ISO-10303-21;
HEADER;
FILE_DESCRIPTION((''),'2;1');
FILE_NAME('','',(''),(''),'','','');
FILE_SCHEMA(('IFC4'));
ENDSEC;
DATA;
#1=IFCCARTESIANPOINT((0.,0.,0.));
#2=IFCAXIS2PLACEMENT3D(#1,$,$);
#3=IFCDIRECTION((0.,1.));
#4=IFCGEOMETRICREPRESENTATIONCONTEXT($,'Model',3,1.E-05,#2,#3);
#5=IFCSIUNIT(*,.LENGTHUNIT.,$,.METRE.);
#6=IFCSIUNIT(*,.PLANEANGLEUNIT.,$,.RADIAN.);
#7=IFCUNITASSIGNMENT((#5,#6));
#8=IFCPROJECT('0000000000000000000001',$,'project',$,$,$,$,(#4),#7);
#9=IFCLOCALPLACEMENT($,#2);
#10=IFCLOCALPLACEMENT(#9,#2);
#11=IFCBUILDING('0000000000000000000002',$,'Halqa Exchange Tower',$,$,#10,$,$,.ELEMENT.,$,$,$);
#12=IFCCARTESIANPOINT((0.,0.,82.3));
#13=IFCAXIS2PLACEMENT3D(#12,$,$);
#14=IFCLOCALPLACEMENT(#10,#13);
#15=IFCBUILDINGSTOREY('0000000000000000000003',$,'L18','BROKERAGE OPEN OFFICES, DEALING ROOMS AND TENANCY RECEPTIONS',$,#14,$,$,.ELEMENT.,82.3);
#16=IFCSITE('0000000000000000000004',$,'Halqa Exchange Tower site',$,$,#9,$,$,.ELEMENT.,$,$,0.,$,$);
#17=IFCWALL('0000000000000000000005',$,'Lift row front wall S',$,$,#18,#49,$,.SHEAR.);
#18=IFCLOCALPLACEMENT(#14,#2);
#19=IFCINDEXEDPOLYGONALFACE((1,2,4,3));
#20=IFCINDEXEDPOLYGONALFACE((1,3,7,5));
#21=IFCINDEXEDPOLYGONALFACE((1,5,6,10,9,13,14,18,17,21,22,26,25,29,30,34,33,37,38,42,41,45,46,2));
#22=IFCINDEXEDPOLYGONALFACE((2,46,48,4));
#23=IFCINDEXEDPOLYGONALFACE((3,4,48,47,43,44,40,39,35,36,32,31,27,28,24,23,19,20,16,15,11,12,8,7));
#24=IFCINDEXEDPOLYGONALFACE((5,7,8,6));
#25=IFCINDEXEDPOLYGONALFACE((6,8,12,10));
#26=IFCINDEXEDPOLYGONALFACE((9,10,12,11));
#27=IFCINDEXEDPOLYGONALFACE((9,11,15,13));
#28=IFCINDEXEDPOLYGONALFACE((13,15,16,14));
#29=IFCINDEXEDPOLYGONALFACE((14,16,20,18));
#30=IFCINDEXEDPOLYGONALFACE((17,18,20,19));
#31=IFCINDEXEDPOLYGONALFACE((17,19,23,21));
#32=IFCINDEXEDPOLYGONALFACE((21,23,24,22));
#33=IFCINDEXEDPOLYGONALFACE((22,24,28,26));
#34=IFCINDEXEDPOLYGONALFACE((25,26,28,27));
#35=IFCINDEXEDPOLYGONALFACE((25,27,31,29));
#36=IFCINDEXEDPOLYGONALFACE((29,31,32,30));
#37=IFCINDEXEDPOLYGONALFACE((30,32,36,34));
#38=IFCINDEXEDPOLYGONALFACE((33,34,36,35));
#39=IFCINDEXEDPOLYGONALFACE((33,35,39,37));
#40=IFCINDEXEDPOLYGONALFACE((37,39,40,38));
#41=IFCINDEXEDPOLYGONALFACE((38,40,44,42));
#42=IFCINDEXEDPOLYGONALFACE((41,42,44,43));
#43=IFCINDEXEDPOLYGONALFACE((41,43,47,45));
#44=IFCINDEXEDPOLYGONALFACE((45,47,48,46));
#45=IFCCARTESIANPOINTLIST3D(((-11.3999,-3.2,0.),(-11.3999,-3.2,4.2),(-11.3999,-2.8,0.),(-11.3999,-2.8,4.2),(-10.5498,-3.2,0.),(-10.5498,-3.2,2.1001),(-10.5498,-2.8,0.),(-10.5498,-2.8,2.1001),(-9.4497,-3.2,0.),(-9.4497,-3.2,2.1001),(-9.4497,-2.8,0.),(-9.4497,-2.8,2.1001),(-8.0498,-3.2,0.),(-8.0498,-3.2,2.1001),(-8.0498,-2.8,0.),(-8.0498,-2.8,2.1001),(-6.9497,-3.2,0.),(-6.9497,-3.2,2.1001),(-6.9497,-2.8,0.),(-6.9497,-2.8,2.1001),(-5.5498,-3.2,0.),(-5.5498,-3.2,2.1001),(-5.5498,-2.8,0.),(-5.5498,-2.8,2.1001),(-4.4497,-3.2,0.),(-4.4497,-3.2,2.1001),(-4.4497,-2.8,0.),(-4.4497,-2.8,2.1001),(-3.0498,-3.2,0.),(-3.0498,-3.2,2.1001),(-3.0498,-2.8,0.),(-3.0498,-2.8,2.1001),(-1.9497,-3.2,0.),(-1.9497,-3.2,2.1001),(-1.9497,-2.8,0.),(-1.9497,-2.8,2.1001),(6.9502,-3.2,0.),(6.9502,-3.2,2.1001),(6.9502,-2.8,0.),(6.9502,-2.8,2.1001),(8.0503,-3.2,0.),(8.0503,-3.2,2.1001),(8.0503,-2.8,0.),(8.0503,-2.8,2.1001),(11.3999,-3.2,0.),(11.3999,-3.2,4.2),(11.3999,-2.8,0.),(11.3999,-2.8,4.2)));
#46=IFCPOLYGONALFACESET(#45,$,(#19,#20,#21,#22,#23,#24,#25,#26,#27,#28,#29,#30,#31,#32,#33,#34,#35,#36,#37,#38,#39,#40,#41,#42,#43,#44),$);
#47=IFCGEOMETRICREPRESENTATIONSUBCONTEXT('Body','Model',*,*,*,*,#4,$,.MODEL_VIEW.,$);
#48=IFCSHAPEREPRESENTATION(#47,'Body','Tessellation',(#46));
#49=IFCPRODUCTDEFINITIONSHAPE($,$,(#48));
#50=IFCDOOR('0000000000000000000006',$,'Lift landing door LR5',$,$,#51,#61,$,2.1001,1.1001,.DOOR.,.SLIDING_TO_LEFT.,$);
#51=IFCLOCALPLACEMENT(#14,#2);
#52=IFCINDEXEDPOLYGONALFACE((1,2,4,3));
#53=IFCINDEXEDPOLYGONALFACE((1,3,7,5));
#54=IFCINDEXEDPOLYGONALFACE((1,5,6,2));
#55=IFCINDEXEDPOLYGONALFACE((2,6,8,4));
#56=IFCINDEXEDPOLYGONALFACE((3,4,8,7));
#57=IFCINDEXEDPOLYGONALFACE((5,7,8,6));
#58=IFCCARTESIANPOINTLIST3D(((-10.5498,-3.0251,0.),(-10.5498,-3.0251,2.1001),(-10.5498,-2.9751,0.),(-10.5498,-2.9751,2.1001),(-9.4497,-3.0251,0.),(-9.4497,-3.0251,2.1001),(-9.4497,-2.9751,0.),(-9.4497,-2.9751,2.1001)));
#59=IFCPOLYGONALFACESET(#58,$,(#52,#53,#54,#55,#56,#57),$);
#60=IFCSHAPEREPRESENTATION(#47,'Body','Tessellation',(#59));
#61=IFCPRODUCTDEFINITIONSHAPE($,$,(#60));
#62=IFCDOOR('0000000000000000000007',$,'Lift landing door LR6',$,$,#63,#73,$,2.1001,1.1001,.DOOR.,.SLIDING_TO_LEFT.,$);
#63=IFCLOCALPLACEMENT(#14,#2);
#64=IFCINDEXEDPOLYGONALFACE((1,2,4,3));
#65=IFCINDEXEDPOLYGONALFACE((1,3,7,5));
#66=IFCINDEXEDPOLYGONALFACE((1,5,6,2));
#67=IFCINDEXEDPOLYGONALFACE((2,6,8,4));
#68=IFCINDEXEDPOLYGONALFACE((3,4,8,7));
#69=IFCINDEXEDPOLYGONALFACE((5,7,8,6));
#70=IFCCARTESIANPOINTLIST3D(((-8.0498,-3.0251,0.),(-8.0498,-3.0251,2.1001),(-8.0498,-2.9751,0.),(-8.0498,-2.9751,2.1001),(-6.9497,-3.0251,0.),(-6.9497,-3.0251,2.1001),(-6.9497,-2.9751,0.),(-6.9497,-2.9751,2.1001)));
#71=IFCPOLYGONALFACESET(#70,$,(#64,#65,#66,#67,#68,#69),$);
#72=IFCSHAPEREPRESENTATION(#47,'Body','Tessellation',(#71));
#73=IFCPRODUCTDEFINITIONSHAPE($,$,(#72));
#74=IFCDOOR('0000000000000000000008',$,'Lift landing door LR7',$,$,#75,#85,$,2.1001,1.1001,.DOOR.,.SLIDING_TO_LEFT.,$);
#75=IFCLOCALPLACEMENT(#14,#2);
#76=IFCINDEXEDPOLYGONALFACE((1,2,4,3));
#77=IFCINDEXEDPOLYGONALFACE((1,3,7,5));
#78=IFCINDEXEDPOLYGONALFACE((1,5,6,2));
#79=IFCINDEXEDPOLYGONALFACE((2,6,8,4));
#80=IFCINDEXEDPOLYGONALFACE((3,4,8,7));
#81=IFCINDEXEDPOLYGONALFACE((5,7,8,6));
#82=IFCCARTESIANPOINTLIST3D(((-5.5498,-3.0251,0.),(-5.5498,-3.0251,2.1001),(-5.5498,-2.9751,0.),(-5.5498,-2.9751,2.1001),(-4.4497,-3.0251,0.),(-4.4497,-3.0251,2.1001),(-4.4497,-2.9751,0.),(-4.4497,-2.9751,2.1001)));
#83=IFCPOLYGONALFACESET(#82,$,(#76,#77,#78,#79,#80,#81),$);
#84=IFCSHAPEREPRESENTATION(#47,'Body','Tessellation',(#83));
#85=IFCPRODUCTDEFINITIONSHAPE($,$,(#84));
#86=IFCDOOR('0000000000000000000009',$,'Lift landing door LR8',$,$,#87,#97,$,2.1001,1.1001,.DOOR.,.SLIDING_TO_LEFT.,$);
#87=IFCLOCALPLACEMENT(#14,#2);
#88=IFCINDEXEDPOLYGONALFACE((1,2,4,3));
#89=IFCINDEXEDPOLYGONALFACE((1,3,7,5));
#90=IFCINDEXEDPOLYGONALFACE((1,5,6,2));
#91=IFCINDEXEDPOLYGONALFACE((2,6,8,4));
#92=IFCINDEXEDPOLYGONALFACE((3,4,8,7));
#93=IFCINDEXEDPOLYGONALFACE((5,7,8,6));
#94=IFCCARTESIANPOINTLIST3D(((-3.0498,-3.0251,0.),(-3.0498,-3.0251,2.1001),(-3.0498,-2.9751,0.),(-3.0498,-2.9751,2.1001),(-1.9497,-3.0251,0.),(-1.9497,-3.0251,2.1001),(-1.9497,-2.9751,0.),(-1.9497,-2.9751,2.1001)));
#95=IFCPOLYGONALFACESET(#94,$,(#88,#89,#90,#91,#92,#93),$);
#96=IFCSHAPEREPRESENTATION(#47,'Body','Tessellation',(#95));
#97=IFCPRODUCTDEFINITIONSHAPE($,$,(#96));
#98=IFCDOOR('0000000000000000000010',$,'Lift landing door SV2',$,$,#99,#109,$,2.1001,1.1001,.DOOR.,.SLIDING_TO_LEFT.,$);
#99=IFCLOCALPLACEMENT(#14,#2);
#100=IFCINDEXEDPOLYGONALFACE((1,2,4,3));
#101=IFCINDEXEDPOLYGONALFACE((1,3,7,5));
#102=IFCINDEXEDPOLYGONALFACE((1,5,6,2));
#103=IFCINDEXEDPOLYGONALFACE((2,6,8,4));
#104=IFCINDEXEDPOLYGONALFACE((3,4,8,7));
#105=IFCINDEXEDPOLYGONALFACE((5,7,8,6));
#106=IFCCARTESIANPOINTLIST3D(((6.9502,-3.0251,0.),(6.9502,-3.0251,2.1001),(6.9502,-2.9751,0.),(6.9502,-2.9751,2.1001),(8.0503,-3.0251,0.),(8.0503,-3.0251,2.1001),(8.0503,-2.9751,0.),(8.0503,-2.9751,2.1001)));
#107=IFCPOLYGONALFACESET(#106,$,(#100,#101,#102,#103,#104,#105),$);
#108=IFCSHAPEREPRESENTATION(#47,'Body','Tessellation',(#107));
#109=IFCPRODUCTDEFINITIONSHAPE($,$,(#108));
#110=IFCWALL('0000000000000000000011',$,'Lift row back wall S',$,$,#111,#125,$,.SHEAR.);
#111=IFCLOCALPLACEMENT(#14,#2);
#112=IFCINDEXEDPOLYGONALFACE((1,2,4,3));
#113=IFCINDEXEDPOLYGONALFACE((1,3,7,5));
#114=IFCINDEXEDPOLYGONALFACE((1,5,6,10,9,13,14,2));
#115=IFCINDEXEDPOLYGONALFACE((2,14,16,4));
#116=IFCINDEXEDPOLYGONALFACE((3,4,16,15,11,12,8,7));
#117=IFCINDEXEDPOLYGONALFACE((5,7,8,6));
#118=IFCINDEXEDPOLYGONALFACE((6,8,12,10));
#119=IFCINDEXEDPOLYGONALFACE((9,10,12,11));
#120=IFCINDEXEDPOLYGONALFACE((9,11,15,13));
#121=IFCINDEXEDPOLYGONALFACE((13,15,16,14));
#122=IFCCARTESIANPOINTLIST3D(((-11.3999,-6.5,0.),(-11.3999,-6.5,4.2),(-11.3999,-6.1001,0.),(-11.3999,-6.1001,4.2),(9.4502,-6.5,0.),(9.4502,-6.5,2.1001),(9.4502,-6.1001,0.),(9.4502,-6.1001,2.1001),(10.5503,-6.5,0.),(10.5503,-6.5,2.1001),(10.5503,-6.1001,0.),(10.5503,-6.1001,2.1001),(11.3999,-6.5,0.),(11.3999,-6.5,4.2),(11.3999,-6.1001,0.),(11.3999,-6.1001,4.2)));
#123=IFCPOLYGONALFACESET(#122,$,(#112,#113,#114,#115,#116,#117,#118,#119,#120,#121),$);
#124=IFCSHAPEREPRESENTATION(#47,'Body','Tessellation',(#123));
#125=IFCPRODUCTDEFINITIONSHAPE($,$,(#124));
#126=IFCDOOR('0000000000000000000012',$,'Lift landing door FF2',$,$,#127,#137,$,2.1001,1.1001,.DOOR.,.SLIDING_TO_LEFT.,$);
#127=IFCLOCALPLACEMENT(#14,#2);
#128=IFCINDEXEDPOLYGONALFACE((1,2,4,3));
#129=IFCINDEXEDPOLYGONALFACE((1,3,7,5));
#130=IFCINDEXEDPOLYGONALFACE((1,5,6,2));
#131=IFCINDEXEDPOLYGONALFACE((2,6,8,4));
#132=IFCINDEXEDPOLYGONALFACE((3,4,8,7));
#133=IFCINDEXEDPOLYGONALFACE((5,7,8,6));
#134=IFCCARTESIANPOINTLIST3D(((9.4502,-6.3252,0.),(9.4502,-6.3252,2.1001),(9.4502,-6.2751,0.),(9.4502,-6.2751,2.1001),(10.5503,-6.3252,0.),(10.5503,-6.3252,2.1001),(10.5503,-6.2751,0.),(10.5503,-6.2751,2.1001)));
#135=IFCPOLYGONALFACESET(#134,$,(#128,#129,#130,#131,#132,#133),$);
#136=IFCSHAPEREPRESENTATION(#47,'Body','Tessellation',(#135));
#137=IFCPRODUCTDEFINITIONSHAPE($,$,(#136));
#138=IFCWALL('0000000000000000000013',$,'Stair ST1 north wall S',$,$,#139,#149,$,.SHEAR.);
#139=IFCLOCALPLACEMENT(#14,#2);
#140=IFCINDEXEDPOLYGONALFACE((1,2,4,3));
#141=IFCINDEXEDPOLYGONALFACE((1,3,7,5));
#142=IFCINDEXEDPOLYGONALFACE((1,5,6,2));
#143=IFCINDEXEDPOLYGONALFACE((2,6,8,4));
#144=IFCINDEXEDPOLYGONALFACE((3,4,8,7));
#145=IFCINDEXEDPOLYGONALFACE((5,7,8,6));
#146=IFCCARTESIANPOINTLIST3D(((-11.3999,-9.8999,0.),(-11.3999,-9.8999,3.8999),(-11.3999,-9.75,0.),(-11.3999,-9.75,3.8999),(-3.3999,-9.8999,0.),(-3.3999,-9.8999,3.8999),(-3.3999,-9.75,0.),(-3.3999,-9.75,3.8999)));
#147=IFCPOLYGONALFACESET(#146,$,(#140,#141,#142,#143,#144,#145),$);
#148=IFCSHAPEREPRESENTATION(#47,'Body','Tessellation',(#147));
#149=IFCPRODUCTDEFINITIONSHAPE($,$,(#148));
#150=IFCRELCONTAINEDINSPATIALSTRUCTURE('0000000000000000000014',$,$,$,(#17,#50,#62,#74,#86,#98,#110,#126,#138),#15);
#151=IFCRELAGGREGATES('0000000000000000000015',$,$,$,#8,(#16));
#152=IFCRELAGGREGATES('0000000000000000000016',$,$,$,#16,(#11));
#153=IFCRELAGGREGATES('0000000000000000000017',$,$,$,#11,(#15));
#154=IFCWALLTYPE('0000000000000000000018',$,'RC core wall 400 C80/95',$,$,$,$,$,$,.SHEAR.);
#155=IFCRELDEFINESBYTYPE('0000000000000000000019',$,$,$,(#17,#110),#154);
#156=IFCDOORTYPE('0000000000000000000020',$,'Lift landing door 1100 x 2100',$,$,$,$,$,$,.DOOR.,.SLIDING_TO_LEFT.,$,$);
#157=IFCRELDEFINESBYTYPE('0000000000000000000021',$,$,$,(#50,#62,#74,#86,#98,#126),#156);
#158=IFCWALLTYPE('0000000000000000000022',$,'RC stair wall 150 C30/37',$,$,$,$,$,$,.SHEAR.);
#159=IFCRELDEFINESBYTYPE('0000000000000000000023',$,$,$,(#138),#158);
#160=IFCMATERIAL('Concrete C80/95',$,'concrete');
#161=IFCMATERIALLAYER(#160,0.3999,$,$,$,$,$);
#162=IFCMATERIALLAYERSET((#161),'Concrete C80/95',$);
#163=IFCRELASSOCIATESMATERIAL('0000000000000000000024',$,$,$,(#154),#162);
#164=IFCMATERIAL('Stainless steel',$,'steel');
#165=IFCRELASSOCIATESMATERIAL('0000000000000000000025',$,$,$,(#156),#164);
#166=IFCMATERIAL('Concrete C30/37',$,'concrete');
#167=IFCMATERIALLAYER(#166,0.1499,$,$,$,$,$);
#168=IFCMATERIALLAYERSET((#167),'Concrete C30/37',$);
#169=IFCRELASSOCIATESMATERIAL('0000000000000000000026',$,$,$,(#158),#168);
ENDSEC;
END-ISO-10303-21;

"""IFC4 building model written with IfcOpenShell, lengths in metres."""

from ifc_helpers import new_model, si_unit, direction, frame, frame_2d, origin, place, context, subcontext, project, spatial, rectangle, extrude, material, layer, layer_set, type_object, element, fill, save


model = new_model("IFC4")

# Units and contexts
model_context = context("Model", 3, precision=1e-05, world=origin(), true_north=direction((0.0, 1.0)))
body_context = subcontext(model_context, "Body", "Model", "MODEL_VIEW")
ifc_project = project(units=[si_unit("LENGTHUNIT", "METRE"), si_unit("PLANEANGLEUNIT", "RADIAN")], contexts=[model_context])

# Site, building, storey
site_placement = place(None, origin())
site = spatial("IfcSite", under=ifc_project, at=site_placement, Name="Halqa Exchange Tower site", CompositionType="ELEMENT", RefElevation=0.0)
building_placement = place(site_placement, origin())
building = spatial("IfcBuilding", under=site, at=building_placement, Name="Halqa Exchange Tower", CompositionType="ELEMENT")
storey_placement = place(building_placement, frame((0.0, 0.0, 82.3)))
storey = spatial("IfcBuildingStorey", under=building, at=storey_placement, Name="L18", Description="BROKERAGE OPEN OFFICES, DEALING ROOMS AND TENANCY RECEPTIONS", CompositionType="ELEMENT", Elevation=82.3)

# Wall, openings, doors
ifc_material_1 = material(Name="Concrete C80/95", Category="concrete")
ifc_layer_1 = layer(ifc_material_1, 0.3999)
ifc_layer_set_1 = layer_set([ifc_layer_1], Name="Concrete C80/95")
wall_type_1 = type_object("IfcWallType", Name="RC core wall 400 C80/95", PredefinedType="SHEAR", material=ifc_layer_set_1)
wall_1_placement = place(storey_placement, frame((-11.3999, -3.0, 0.0), z_axis=(0.0, 0.0, 1.0), x_axis=(1.0, 0.0, 0.0)))
wall_1 = element("IfcWall", 1, at=wall_1_placement, inside=storey, type_object=wall_type_1, Name="Lift row front wall S", PredefinedType="SHEAR", context=body_context, shape_type="SweptSolid", body=[
    extrude(rectangle(XDim=22.7998, YDim=0.3999, at=frame_2d((11.3999, 0.0))), origin(), (0.0, 0.0, 1.0), 4.2),
])
opening_1_placement = place(wall_1_placement, frame((0.8501, 0.0, 0.0)))
opening_1 = element("IfcOpeningElement", 2, at=opening_1_placement, cuts=wall_1, PredefinedType="OPENING", context=body_context, shape_type="SweptSolid", body=[
    extrude(rectangle(XDim=1.1001, YDim=2.1001, at=frame_2d((0.55, 1.05))), frame((0.0, 0.2119, 0.0), z_axis=(0.0, -1.0, 0.0), x_axis=(1.0, 0.0, 0.0)), (0.0, 0.0, 1.0), 0.4238),
])
opening_2_placement = place(wall_1_placement, frame((3.3501, 0.0, 0.0)))
opening_2 = element("IfcOpeningElement", 3, at=opening_2_placement, cuts=wall_1, PredefinedType="OPENING", context=body_context, shape_type="SweptSolid", body=[
    extrude(rectangle(XDim=1.1001, YDim=2.1001, at=frame_2d((0.55, 1.05))), frame((0.0, 0.2119, 0.0), z_axis=(0.0, -1.0, 0.0), x_axis=(1.0, 0.0, 0.0)), (0.0, 0.0, 1.0), 0.4238),
])
opening_3_placement = place(wall_1_placement, frame((5.8501, 0.0, 0.0)))
opening_3 = element("IfcOpeningElement", 4, at=opening_3_placement, cuts=wall_1, PredefinedType="OPENING", context=body_context, shape_type="SweptSolid", body=[
    extrude(rectangle(XDim=1.1001, YDim=2.1001, at=frame_2d((0.55, 1.05))), frame((0.0, 0.2119, 0.0), z_axis=(0.0, -1.0, 0.0), x_axis=(1.0, 0.0, 0.0)), (0.0, 0.0, 1.0), 0.4238),
])
opening_4_placement = place(wall_1_placement, frame((8.3501, 0.0, 0.0)))
opening_4 = element("IfcOpeningElement", 5, at=opening_4_placement, cuts=wall_1, PredefinedType="OPENING", context=body_context, shape_type="SweptSolid", body=[
    extrude(rectangle(XDim=1.1001, YDim=2.1001, at=frame_2d((0.55, 1.05))), frame((0.0, 0.2119, 0.0), z_axis=(0.0, -1.0, 0.0), x_axis=(1.0, 0.0, 0.0)), (0.0, 0.0, 1.0), 0.4238),
])
opening_5_placement = place(wall_1_placement, frame((18.3501, 0.0, 0.0)))
opening_5 = element("IfcOpeningElement", 6, at=opening_5_placement, cuts=wall_1, PredefinedType="OPENING", context=body_context, shape_type="SweptSolid", body=[
    extrude(rectangle(XDim=1.1001, YDim=2.1001, at=frame_2d((0.55, 1.05))), frame((0.0, 0.2119, 0.0), z_axis=(0.0, -1.0, 0.0), x_axis=(1.0, 0.0, 0.0)), (0.0, 0.0, 1.0), 0.4238),
])
ifc_material_2 = material(Name="Stainless steel", Category="steel")
door_type = type_object("IfcDoorType", Name="Lift landing door 1100 x 2100", OperationType="SLIDING_TO_LEFT", PredefinedType="DOOR", material=ifc_material_2)
door_1_placement = place(opening_1_placement, origin())
door_1 = element("IfcDoor", 7, at=door_1_placement, inside=storey, type_object=door_type, Name="Lift landing door LR5", OperationType="SLIDING_TO_LEFT", OverallHeight=2.1001, OverallWidth=1.1001, PredefinedType="DOOR", context=body_context, shape_type="SweptSolid", body=[
    extrude(rectangle(XDim=1.1001, YDim=2.1001, at=frame_2d((0.55, 1.05))), frame((0.0, 0.0249, 0.0), z_axis=(0.0, -1.0, 0.0), x_axis=(1.0, 0.0, 0.0)), (0.0, 0.0, 1.0), 0.05),
])
fill(opening_1, door_1)
door_2_placement = place(opening_2_placement, origin())
door_2 = element("IfcDoor", 8, at=door_2_placement, inside=storey, type_object=door_type, Name="Lift landing door LR6", OperationType="SLIDING_TO_LEFT", OverallHeight=2.1001, OverallWidth=1.1001, PredefinedType="DOOR", context=body_context, shape_type="SweptSolid", body=[
    extrude(rectangle(XDim=1.1001, YDim=2.1001, at=frame_2d((0.55, 1.05))), frame((0.0, 0.0249, 0.0), z_axis=(0.0, -1.0, 0.0), x_axis=(1.0, 0.0, 0.0)), (0.0, 0.0, 1.0), 0.05),
])
fill(opening_2, door_2)
door_3_placement = place(opening_3_placement, origin())
door_3 = element("IfcDoor", 9, at=door_3_placement, inside=storey, type_object=door_type, Name="Lift landing door LR7", OperationType="SLIDING_TO_LEFT", OverallHeight=2.1001, OverallWidth=1.1001, PredefinedType="DOOR", context=body_context, shape_type="SweptSolid", body=[
    extrude(rectangle(XDim=1.1001, YDim=2.1001, at=frame_2d((0.55, 1.05))), frame((0.0, 0.0249, 0.0), z_axis=(0.0, -1.0, 0.0), x_axis=(1.0, 0.0, 0.0)), (0.0, 0.0, 1.0), 0.05),
])
fill(opening_3, door_3)
door_4_placement = place(opening_4_placement, origin())
door_4 = element("IfcDoor", 10, at=door_4_placement, inside=storey, type_object=door_type, Name="Lift landing door LR8", OperationType="SLIDING_TO_LEFT", OverallHeight=2.1001, OverallWidth=1.1001, PredefinedType="DOOR", context=body_context, shape_type="SweptSolid", body=[
    extrude(rectangle(XDim=1.1001, YDim=2.1001, at=frame_2d((0.55, 1.05))), frame((0.0, 0.0249, 0.0), z_axis=(0.0, -1.0, 0.0), x_axis=(1.0, 0.0, 0.0)), (0.0, 0.0, 1.0), 0.05),
])
fill(opening_4, door_4)
door_5_placement = place(opening_5_placement, origin())
door_5 = element("IfcDoor", 11, at=door_5_placement, inside=storey, type_object=door_type, Name="Lift landing door SV2", OperationType="SLIDING_TO_LEFT", OverallHeight=2.1001, OverallWidth=1.1001, PredefinedType="DOOR", context=body_context, shape_type="SweptSolid", body=[
    extrude(rectangle(XDim=1.1001, YDim=2.1001, at=frame_2d((0.55, 1.05))), frame((0.0, 0.0249, 0.0), z_axis=(0.0, -1.0, 0.0), x_axis=(1.0, 0.0, 0.0)), (0.0, 0.0, 1.0), 0.05),
])
fill(opening_5, door_5)

# Wall, opening, door
wall_2_placement = place(storey_placement, frame((-11.3999, -6.3, 0.0), z_axis=(0.0, 0.0, 1.0), x_axis=(1.0, 0.0, 0.0)))
wall_2 = element("IfcWall", 12, at=wall_2_placement, inside=storey, type_object=wall_type_1, Name="Lift row back wall S", PredefinedType="SHEAR", context=body_context, shape_type="SweptSolid", body=[
    extrude(rectangle(XDim=22.7998, YDim=0.3999, at=frame_2d((11.3999, 0.0))), origin(), (0.0, 0.0, 1.0), 4.2),
])
opening_6_placement = place(wall_2_placement, frame((20.8501, 0.0, 0.0)))
opening_6 = element("IfcOpeningElement", 13, at=opening_6_placement, cuts=wall_2, PredefinedType="OPENING", context=body_context, shape_type="SweptSolid", body=[
    extrude(rectangle(XDim=1.1001, YDim=2.1001, at=frame_2d((0.55, 1.05))), frame((0.0, 0.2119, 0.0), z_axis=(0.0, -1.0, 0.0), x_axis=(1.0, 0.0, 0.0)), (0.0, 0.0, 1.0), 0.4238),
])
door_6_placement = place(opening_6_placement, origin())
door_6 = element("IfcDoor", 14, at=door_6_placement, inside=storey, type_object=door_type, Name="Lift landing door FF2", OperationType="SLIDING_TO_LEFT", OverallHeight=2.1001, OverallWidth=1.1001, PredefinedType="DOOR", context=body_context, shape_type="SweptSolid", body=[
    extrude(rectangle(XDim=1.1001, YDim=2.1001, at=frame_2d((0.55, 1.05))), frame((0.0, 0.0249, 0.0), z_axis=(0.0, -1.0, 0.0), x_axis=(1.0, 0.0, 0.0)), (0.0, 0.0, 1.0), 0.05),
])
fill(opening_6, door_6)

# Wall
ifc_material_3 = material(Name="Concrete C30/37", Category="concrete")
ifc_layer_2 = layer(ifc_material_3, 0.1499)
ifc_layer_set_2 = layer_set([ifc_layer_2], Name="Concrete C30/37")
wall_type_2 = type_object("IfcWallType", Name="RC stair wall 150 C30/37", PredefinedType="SHEAR", material=ifc_layer_set_2)
wall_3_placement = place(storey_placement, frame((-11.3999, -9.825, 0.0), z_axis=(0.0, 0.0, 1.0), x_axis=(1.0, 0.0, 0.0)))
element("IfcWall", 15, at=wall_3_placement, inside=storey, type_object=wall_type_2, Name="Stair ST1 north wall S", PredefinedType="SHEAR", context=body_context, shape_type="SweptSolid", body=[
    extrude(rectangle(XDim=8.0, YDim=0.1499, at=frame_2d((4.0, 0.0))), origin(), (0.0, 0.0, 1.0), 3.8999),
])

save(model, "model.ifc")
